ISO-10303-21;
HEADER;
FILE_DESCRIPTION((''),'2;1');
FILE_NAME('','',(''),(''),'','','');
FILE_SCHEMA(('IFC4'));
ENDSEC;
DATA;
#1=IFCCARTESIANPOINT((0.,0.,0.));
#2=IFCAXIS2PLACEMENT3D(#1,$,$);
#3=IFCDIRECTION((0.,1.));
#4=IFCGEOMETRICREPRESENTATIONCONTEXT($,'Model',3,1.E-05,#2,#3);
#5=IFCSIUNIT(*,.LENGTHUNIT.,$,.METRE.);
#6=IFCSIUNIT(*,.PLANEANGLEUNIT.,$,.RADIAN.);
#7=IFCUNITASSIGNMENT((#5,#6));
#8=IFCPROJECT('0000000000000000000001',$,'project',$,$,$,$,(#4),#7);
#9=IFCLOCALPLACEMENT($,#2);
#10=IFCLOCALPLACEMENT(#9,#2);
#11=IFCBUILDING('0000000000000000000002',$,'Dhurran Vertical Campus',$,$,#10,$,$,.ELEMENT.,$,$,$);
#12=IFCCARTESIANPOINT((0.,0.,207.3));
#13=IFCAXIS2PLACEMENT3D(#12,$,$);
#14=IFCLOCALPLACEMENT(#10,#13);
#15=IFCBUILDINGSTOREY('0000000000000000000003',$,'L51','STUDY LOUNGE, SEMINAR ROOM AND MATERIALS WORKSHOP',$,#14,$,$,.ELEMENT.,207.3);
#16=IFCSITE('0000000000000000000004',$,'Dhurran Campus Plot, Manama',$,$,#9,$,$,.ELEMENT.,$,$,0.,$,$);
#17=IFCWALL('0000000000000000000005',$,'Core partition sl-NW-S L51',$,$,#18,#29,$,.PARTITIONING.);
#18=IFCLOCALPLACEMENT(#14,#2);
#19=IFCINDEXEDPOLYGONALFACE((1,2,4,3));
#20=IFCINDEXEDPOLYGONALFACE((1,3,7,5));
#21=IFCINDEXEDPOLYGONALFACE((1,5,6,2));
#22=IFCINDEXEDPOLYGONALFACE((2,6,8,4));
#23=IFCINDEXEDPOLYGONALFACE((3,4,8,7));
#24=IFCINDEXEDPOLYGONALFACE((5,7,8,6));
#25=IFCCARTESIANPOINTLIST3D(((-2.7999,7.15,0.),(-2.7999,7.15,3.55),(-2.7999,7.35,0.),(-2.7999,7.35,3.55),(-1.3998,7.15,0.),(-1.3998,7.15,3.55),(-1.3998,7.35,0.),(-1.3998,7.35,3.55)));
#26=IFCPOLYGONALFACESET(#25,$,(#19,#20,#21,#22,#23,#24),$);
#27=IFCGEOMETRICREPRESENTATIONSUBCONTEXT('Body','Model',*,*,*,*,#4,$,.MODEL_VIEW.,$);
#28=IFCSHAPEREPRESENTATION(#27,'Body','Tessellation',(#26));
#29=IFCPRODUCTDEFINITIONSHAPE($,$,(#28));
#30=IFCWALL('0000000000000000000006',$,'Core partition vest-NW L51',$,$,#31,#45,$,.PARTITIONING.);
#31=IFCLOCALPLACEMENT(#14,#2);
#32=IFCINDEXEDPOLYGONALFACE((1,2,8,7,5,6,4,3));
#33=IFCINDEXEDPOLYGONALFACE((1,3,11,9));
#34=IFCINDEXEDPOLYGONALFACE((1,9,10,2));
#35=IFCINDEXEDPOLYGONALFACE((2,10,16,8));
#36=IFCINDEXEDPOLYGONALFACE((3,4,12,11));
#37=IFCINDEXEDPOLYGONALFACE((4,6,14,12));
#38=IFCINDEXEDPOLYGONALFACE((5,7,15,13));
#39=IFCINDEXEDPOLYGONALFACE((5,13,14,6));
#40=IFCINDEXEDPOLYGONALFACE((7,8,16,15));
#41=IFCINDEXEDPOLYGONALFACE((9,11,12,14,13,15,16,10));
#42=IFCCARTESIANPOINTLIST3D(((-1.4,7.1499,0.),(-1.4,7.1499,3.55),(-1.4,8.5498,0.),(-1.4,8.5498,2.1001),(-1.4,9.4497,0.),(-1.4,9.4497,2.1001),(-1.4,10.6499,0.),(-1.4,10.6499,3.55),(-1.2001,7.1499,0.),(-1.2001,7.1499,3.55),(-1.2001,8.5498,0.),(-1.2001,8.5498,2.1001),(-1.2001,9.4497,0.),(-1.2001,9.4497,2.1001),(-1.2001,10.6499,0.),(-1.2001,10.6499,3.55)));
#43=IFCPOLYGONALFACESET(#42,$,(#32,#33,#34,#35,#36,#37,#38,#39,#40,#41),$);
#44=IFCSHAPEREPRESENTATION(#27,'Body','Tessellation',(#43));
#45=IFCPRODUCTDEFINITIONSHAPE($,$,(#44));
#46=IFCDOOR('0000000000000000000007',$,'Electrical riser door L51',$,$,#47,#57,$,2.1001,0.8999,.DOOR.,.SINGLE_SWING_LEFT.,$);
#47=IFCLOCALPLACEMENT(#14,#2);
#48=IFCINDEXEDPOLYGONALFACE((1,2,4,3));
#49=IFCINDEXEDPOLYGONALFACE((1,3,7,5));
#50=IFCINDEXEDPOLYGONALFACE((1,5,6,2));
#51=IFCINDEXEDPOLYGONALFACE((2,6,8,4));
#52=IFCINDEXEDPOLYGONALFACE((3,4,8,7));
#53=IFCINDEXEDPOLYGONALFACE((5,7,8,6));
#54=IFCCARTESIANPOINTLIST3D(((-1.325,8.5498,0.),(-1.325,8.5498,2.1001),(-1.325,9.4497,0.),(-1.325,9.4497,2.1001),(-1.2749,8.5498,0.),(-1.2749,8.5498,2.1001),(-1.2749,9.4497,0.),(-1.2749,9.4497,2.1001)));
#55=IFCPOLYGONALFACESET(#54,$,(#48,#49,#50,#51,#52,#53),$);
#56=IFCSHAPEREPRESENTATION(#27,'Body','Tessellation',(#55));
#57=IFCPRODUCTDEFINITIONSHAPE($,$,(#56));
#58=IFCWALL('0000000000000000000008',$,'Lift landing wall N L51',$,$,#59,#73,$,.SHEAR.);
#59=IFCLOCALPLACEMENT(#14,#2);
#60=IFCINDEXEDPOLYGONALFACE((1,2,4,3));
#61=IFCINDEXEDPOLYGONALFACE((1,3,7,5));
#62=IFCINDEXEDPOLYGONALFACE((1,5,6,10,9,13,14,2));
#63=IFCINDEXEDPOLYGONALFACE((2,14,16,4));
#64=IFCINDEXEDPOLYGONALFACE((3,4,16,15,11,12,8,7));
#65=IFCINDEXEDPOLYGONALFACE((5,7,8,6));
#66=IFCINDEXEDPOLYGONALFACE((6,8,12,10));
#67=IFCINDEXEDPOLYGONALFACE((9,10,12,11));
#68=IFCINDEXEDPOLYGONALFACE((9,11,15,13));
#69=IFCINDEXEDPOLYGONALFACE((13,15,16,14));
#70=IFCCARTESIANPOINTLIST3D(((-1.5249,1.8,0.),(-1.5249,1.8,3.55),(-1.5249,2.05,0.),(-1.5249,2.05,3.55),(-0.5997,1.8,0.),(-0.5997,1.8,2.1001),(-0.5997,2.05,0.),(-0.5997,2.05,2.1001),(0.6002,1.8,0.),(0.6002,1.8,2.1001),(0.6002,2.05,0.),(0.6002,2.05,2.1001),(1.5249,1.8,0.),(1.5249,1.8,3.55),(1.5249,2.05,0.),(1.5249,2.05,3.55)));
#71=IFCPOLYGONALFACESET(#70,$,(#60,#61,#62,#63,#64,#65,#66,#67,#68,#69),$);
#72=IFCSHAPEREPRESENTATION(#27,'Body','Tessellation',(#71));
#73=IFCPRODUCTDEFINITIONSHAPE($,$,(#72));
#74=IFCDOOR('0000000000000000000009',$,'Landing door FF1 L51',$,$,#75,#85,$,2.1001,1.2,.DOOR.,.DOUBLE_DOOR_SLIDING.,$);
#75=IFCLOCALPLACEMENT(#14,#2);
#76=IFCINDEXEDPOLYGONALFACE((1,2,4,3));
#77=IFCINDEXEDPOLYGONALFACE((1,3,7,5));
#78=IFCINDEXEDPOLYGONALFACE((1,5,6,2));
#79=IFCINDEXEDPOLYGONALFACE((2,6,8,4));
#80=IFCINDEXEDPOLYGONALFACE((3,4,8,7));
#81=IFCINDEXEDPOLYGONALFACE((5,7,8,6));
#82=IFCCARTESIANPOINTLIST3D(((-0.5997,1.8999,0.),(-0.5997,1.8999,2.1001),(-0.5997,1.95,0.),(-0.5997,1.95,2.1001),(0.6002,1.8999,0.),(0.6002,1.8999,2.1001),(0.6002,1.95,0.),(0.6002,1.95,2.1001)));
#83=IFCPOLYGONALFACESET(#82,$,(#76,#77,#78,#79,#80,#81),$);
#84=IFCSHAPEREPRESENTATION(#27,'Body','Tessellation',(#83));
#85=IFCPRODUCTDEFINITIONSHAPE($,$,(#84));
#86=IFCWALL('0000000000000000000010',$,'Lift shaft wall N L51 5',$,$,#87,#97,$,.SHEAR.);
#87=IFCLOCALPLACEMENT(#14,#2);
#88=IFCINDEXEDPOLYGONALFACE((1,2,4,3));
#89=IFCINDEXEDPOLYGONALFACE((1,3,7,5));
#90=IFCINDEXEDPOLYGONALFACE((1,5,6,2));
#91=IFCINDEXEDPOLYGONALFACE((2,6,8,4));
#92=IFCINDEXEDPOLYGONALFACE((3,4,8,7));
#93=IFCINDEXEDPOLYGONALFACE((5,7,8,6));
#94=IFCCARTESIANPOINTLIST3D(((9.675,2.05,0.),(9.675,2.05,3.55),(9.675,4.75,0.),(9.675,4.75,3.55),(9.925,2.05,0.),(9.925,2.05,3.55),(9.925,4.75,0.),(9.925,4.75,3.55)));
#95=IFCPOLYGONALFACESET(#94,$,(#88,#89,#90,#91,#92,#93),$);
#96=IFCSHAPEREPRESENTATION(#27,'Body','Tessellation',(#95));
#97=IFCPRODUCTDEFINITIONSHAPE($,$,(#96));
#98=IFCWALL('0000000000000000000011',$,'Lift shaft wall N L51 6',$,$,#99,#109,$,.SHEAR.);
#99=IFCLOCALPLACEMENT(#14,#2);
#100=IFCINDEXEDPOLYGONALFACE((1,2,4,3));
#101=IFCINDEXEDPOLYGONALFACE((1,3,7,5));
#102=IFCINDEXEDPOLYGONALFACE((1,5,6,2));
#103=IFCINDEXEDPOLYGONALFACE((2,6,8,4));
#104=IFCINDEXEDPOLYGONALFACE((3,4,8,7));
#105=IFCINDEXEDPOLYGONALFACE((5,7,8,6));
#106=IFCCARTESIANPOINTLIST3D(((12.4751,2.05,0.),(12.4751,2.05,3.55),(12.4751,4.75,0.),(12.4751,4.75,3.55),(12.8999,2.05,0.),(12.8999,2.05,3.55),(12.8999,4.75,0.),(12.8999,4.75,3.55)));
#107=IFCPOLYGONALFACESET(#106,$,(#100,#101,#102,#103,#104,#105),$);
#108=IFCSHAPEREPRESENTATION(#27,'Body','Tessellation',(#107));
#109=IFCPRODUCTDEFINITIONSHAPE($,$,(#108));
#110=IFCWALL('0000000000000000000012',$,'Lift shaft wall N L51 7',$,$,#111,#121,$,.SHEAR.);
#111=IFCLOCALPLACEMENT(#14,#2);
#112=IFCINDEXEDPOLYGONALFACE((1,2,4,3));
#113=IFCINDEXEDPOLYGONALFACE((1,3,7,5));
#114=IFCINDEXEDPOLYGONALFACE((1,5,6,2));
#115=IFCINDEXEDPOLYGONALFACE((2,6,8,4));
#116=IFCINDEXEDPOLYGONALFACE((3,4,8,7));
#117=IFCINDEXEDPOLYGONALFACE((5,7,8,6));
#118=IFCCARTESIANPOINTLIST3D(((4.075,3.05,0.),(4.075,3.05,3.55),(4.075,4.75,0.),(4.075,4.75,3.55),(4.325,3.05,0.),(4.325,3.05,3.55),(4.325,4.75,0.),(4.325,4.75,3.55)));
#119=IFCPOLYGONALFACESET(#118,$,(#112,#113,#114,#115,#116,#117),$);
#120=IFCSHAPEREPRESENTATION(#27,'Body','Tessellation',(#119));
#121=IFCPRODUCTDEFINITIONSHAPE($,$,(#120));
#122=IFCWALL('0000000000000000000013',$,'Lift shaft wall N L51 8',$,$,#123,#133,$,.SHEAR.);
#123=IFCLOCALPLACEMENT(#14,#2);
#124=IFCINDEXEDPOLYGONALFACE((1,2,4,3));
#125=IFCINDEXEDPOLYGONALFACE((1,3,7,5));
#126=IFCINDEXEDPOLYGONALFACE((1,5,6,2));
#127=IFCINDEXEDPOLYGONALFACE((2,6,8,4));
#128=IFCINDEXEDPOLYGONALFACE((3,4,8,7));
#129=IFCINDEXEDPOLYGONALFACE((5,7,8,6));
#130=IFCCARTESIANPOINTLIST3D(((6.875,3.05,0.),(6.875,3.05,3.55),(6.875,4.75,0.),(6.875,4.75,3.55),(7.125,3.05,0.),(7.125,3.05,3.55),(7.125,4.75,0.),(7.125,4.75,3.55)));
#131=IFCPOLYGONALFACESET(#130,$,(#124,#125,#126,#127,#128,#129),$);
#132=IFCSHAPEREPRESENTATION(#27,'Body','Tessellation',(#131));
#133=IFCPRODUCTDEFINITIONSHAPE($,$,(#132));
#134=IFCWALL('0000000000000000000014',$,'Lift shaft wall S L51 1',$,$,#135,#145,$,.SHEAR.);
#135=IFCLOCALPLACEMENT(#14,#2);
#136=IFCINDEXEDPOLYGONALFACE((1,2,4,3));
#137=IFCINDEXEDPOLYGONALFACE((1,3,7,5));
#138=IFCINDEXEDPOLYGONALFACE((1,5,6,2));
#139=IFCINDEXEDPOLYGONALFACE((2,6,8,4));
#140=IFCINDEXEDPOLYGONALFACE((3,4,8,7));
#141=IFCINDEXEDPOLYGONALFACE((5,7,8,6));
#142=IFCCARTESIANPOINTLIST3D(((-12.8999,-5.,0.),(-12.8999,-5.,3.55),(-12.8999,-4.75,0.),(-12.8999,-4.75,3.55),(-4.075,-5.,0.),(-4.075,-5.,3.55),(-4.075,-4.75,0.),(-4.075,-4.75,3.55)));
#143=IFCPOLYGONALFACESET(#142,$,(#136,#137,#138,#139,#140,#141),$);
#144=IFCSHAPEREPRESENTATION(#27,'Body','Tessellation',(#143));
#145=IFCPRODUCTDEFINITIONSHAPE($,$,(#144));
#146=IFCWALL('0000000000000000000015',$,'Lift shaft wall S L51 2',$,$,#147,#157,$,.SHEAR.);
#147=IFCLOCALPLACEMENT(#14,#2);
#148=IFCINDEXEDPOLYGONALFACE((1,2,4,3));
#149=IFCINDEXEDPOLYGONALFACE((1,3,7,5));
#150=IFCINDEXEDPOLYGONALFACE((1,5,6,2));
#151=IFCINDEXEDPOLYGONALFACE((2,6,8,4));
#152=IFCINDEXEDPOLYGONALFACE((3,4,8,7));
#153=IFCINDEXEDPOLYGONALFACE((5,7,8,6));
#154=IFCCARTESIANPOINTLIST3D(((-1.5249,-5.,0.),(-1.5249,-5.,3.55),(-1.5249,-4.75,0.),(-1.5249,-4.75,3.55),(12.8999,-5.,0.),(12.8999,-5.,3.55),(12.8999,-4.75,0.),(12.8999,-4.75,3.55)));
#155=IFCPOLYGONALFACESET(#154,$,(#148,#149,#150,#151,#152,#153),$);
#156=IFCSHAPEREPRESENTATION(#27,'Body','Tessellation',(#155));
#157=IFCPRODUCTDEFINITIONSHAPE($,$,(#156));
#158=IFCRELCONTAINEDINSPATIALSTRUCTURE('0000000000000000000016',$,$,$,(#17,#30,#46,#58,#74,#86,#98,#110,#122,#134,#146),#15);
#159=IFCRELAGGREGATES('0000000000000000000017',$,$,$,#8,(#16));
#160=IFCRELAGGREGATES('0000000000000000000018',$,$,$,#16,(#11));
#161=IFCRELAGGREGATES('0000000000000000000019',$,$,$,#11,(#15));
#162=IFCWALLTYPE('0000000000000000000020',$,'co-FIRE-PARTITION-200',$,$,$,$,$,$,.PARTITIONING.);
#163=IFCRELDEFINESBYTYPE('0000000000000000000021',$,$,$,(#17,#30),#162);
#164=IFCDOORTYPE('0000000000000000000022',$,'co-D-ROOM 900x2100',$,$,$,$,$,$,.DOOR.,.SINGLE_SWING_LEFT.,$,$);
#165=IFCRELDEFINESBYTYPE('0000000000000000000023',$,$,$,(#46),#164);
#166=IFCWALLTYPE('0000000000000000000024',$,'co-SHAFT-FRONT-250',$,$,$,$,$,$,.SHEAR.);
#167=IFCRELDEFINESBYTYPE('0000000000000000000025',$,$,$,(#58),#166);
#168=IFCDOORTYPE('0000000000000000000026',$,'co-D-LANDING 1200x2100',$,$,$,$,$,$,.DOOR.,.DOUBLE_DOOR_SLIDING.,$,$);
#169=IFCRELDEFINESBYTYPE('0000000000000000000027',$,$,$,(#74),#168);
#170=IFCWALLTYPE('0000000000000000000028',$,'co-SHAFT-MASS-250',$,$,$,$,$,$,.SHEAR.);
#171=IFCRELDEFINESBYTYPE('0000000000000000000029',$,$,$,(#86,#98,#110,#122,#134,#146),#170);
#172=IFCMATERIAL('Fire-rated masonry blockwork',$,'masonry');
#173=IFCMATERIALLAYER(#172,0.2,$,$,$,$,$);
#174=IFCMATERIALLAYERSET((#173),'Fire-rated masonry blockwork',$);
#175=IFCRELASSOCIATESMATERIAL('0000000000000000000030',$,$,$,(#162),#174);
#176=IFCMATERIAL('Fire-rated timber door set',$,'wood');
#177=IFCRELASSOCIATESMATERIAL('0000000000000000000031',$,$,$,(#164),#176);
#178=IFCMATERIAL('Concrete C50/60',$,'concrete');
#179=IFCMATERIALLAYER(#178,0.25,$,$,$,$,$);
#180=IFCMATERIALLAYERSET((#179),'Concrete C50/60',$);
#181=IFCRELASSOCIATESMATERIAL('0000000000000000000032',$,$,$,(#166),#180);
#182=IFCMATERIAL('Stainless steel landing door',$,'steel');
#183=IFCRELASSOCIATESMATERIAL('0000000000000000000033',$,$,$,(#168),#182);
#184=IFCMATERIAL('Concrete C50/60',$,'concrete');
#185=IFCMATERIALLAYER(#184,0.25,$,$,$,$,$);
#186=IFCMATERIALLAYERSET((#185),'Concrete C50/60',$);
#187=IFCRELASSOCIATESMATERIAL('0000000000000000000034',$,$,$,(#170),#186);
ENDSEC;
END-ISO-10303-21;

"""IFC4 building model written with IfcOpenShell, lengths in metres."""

from ifc_helpers import new_model, si_unit, direction, frame, frame_2d, origin, place, context, subcontext, project, spatial, polyline, rectangle, outline, extrude, material, layer, layer_set, type_object, element, fill, save


model = new_model("IFC4")

# Units and contexts
model_context = context("Model", 3, precision=1e-05, world=origin(), true_north=direction((0.0, 1.0)))
body_context = subcontext(model_context, "Body", "Model", "MODEL_VIEW")
ifc_project = project(units=[si_unit("LENGTHUNIT", "METRE"), si_unit("PLANEANGLEUNIT", "RADIAN")], contexts=[model_context])

# Site, building, storey
site_placement = place(None, origin())
site = spatial("IfcSite", under=ifc_project, at=site_placement, Name="Dhurran Campus Plot, Manama", CompositionType="ELEMENT", RefElevation=0.0)
building_placement = place(site_placement, origin())
building = spatial("IfcBuilding", under=site, at=building_placement, Name="Dhurran Vertical Campus", CompositionType="ELEMENT")
storey_placement = place(building_placement, frame((0.0, 0.0, 207.3)))
storey = spatial("IfcBuildingStorey", under=building, at=storey_placement, Name="L51", Description="STUDY LOUNGE, SEMINAR ROOM AND MATERIALS WORKSHOP", CompositionType="ELEMENT", Elevation=207.3)

# Wall
ifc_material_1 = material(Name="Fire-rated masonry blockwork", Category="masonry")
ifc_layer_1 = layer(ifc_material_1, 0.2)
ifc_layer_set_1 = layer_set([ifc_layer_1], Name="Fire-rated masonry blockwork")
wall_type_1 = type_object("IfcWallType", Name="co-FIRE-PARTITION-200", PredefinedType="PARTITIONING", material=ifc_layer_set_1)
wall_1_placement = place(storey_placement, frame((-2.8, 7.25, 0.0), z_axis=(0.0, 0.0, 1.0), x_axis=(1.0, 0.0, 0.0)))
element("IfcWall", 1, at=wall_1_placement, inside=storey, type_object=wall_type_1, Name="Core partition sl-NW-S L51", PredefinedType="PARTITIONING", context=body_context, shape_type="SweptSolid", body=[
    extrude(rectangle(XDim=1.4001, YDim=0.2, at=frame_2d((0.7002, 0.0))), origin(), (0.0, 0.0, 1.0), 3.55),
])

# Walls, openings, doors
wall_2_placement = place(storey_placement, frame((-1.3, 7.1499, 0.0), z_axis=(0.0, 0.0, 1.0), x_axis=(0.0, 1.0, 0.0)))
wall_2 = element("IfcWall", 2, at=wall_2_placement, inside=storey, type_object=wall_type_1, Name="Core partition vest-NW L51", PredefinedType="PARTITIONING", context=body_context, shape_type="SweptSolid", body=[
    extrude(rectangle(XDim=3.5, YDim=0.2, at=frame_2d((1.75, 0.0))), origin(), (0.0, 0.0, 1.0), 3.55),
])
opening_1_placement = place(wall_2_placement, frame((1.3999, 0.0, 0.0)))
opening_1 = element("IfcOpeningElement", 3, at=opening_1_placement, cuts=wall_2, PredefinedType="OPENING", context=body_context, shape_type="SweptSolid", body=[
    extrude(rectangle(XDim=0.8999, YDim=2.1001, at=frame_2d((0.45, 1.05))), frame((0.0, 0.1099, 0.0), z_axis=(0.0, -1.0, 0.0), x_axis=(1.0, 0.0, 0.0)), (0.0, 0.0, 1.0), 0.22),
])
ifc_material_2 = material(Name="Fire-rated timber door set", Category="wood")
door_type_1 = type_object("IfcDoorType", Name="co-D-ROOM 900x2100", OperationType="SINGLE_SWING_LEFT", PredefinedType="DOOR", material=ifc_material_2)
door_1_placement = place(opening_1_placement, origin())
door_1 = element("IfcDoor", 4, at=door_1_placement, inside=storey, type_object=door_type_1, Name="Electrical riser door L51", OperationType="SINGLE_SWING_LEFT", OverallHeight=2.1001, OverallWidth=0.8999, PredefinedType="DOOR", context=body_context, shape_type="SweptSolid", body=[
    extrude(rectangle(XDim=0.8999, YDim=2.1001, at=frame_2d((0.45, 1.05))), frame((0.0, 0.0249, 0.0), z_axis=(0.0, -1.0, 0.0), x_axis=(1.0, 0.0, 0.0)), (0.0, 0.0, 1.0), 0.05),
])
fill(opening_1, door_1)
ifc_material_3 = material(Name="Concrete C50/60", Category="concrete")
ifc_layer_2 = layer(ifc_material_3, 0.25)
ifc_layer_set_2 = layer_set([ifc_layer_2], Name="Concrete C50/60")
wall_type_2 = type_object("IfcWallType", Name="co-SHAFT-FRONT-250", PredefinedType="SHEAR", material=ifc_layer_set_2)
wall_3_placement = place(storey_placement, frame((-1.5249, 1.925, 0.0), z_axis=(0.0, 0.0, 1.0), x_axis=(1.0, 0.0, 0.0)))
wall_3 = element("IfcWall", 5, at=wall_3_placement, inside=storey, type_object=wall_type_2, Name="Lift landing wall N L51", PredefinedType="SHEAR", context=body_context, shape_type="SweptSolid", body=[
    extrude(rectangle(XDim=3.0498, YDim=0.25, at=frame_2d((1.5249, 0.0))), origin(), (0.0, 0.0, 1.0), 3.55),
])
opening_2_placement = place(wall_3_placement, frame((0.925, 0.0, 0.0)))
opening_2 = element("IfcOpeningElement", 6, at=opening_2_placement, cuts=wall_3, PredefinedType="OPENING", context=body_context, shape_type="SweptSolid", body=[
    extrude(rectangle(XDim=1.2, YDim=2.1001, at=frame_2d((0.6001, 1.05))), frame((0.0, 0.135, 0.0), z_axis=(0.0, -1.0, 0.0), x_axis=(1.0, 0.0, 0.0)), (0.0, 0.0, 1.0), 0.27),
])
ifc_material_4 = material(Name="Stainless steel landing door", Category="steel")
door_type_2 = type_object("IfcDoorType", Name="co-D-LANDING 1200x2100", OperationType="DOUBLE_DOOR_SLIDING", PredefinedType="DOOR", material=ifc_material_4)
door_2_placement = place(opening_2_placement, origin())
door_2 = element("IfcDoor", 7, at=door_2_placement, inside=storey, type_object=door_type_2, Name="Landing door FF1 L51", OperationType="DOUBLE_DOOR_SLIDING", OverallHeight=2.1001, OverallWidth=1.2, PredefinedType="DOOR", context=body_context, shape_type="SweptSolid", body=[
    extrude(rectangle(XDim=1.2, YDim=2.1001, at=frame_2d((0.6001, 1.05))), frame((0.0, 0.0249, 0.0), z_axis=(0.0, -1.0, 0.0), x_axis=(1.0, 0.0, 0.0)), (0.0, 0.0, 1.0), 0.05),
])
fill(opening_2, door_2)

# Walls
ifc_material_5 = material(Name="Concrete C50/60", Category="concrete")
ifc_layer_3 = layer(ifc_material_5, 0.25)
ifc_layer_set_3 = layer_set([ifc_layer_3], Name="Concrete C50/60")
wall_type_3 = type_object("IfcWallType", Name="co-SHAFT-MASS-250", PredefinedType="SHEAR", material=ifc_layer_set_3)
wall_4_placement = place(storey_placement, origin())
element("IfcWall", 8, at=wall_4_placement, inside=storey, type_object=wall_type_3, Name="Lift shaft wall N L51 5", PredefinedType="SHEAR", context=body_context, shape_type="SweptSolid", body=[
    extrude(outline(polyline([(9.675, 2.05), (9.925, 2.05), (9.925, 4.75), (9.675, 4.75), (9.675, 2.05)])), origin(), (0.0, 0.0, 1.0), 3.55),
])
wall_5_placement = place(storey_placement, origin())
element("IfcWall", 9, at=wall_5_placement, inside=storey, type_object=wall_type_3, Name="Lift shaft wall N L51 6", PredefinedType="SHEAR", context=body_context, shape_type="SweptSolid", body=[
    extrude(outline(polyline([(12.4751, 2.05), (12.8999, 2.05), (12.8999, 4.75), (12.4751, 4.75), (12.4751, 2.05)])), origin(), (0.0, 0.0, 1.0), 3.55),
])
wall_6_placement = place(storey_placement, origin())
element("IfcWall", 10, at=wall_6_placement, inside=storey, type_object=wall_type_3, Name="Lift shaft wall N L51 7", PredefinedType="SHEAR", context=body_context, shape_type="SweptSolid", body=[
    extrude(outline(polyline([(4.075, 3.05), (4.325, 3.05), (4.325, 4.75), (4.075, 4.75), (4.075, 3.05)])), origin(), (0.0, 0.0, 1.0), 3.55),
])
wall_7_placement = place(storey_placement, origin())
element("IfcWall", 11, at=wall_7_placement, inside=storey, type_object=wall_type_3, Name="Lift shaft wall N L51 8", PredefinedType="SHEAR", context=body_context, shape_type="SweptSolid", body=[
    extrude(outline(polyline([(6.875, 3.05), (7.125, 3.05), (7.125, 4.75), (6.875, 4.75), (6.875, 3.05)])), origin(), (0.0, 0.0, 1.0), 3.55),
])
wall_8_placement = place(storey_placement, origin())
element("IfcWall", 12, at=wall_8_placement, inside=storey, type_object=wall_type_3, Name="Lift shaft wall S L51 1", PredefinedType="SHEAR", context=body_context, shape_type="SweptSolid", body=[
    extrude(outline(polyline([(-12.8999, -5.0), (-4.075, -5.0), (-4.075, -4.75), (-12.8999, -4.75), (-12.8999, -5.0)])), origin(), (0.0, 0.0, 1.0), 3.55),
])
wall_9_placement = place(storey_placement, origin())
element("IfcWall", 13, at=wall_9_placement, inside=storey, type_object=wall_type_3, Name="Lift shaft wall S L51 2", PredefinedType="SHEAR", context=body_context, shape_type="SweptSolid", body=[
    extrude(outline(polyline([(-1.5249, -5.0), (12.8999, -5.0), (12.8999, -4.75), (-1.5249, -4.75), (-1.5249, -5.0)])), origin(), (0.0, 0.0, 1.0), 3.55),
])

save(model, "model.ifc")
